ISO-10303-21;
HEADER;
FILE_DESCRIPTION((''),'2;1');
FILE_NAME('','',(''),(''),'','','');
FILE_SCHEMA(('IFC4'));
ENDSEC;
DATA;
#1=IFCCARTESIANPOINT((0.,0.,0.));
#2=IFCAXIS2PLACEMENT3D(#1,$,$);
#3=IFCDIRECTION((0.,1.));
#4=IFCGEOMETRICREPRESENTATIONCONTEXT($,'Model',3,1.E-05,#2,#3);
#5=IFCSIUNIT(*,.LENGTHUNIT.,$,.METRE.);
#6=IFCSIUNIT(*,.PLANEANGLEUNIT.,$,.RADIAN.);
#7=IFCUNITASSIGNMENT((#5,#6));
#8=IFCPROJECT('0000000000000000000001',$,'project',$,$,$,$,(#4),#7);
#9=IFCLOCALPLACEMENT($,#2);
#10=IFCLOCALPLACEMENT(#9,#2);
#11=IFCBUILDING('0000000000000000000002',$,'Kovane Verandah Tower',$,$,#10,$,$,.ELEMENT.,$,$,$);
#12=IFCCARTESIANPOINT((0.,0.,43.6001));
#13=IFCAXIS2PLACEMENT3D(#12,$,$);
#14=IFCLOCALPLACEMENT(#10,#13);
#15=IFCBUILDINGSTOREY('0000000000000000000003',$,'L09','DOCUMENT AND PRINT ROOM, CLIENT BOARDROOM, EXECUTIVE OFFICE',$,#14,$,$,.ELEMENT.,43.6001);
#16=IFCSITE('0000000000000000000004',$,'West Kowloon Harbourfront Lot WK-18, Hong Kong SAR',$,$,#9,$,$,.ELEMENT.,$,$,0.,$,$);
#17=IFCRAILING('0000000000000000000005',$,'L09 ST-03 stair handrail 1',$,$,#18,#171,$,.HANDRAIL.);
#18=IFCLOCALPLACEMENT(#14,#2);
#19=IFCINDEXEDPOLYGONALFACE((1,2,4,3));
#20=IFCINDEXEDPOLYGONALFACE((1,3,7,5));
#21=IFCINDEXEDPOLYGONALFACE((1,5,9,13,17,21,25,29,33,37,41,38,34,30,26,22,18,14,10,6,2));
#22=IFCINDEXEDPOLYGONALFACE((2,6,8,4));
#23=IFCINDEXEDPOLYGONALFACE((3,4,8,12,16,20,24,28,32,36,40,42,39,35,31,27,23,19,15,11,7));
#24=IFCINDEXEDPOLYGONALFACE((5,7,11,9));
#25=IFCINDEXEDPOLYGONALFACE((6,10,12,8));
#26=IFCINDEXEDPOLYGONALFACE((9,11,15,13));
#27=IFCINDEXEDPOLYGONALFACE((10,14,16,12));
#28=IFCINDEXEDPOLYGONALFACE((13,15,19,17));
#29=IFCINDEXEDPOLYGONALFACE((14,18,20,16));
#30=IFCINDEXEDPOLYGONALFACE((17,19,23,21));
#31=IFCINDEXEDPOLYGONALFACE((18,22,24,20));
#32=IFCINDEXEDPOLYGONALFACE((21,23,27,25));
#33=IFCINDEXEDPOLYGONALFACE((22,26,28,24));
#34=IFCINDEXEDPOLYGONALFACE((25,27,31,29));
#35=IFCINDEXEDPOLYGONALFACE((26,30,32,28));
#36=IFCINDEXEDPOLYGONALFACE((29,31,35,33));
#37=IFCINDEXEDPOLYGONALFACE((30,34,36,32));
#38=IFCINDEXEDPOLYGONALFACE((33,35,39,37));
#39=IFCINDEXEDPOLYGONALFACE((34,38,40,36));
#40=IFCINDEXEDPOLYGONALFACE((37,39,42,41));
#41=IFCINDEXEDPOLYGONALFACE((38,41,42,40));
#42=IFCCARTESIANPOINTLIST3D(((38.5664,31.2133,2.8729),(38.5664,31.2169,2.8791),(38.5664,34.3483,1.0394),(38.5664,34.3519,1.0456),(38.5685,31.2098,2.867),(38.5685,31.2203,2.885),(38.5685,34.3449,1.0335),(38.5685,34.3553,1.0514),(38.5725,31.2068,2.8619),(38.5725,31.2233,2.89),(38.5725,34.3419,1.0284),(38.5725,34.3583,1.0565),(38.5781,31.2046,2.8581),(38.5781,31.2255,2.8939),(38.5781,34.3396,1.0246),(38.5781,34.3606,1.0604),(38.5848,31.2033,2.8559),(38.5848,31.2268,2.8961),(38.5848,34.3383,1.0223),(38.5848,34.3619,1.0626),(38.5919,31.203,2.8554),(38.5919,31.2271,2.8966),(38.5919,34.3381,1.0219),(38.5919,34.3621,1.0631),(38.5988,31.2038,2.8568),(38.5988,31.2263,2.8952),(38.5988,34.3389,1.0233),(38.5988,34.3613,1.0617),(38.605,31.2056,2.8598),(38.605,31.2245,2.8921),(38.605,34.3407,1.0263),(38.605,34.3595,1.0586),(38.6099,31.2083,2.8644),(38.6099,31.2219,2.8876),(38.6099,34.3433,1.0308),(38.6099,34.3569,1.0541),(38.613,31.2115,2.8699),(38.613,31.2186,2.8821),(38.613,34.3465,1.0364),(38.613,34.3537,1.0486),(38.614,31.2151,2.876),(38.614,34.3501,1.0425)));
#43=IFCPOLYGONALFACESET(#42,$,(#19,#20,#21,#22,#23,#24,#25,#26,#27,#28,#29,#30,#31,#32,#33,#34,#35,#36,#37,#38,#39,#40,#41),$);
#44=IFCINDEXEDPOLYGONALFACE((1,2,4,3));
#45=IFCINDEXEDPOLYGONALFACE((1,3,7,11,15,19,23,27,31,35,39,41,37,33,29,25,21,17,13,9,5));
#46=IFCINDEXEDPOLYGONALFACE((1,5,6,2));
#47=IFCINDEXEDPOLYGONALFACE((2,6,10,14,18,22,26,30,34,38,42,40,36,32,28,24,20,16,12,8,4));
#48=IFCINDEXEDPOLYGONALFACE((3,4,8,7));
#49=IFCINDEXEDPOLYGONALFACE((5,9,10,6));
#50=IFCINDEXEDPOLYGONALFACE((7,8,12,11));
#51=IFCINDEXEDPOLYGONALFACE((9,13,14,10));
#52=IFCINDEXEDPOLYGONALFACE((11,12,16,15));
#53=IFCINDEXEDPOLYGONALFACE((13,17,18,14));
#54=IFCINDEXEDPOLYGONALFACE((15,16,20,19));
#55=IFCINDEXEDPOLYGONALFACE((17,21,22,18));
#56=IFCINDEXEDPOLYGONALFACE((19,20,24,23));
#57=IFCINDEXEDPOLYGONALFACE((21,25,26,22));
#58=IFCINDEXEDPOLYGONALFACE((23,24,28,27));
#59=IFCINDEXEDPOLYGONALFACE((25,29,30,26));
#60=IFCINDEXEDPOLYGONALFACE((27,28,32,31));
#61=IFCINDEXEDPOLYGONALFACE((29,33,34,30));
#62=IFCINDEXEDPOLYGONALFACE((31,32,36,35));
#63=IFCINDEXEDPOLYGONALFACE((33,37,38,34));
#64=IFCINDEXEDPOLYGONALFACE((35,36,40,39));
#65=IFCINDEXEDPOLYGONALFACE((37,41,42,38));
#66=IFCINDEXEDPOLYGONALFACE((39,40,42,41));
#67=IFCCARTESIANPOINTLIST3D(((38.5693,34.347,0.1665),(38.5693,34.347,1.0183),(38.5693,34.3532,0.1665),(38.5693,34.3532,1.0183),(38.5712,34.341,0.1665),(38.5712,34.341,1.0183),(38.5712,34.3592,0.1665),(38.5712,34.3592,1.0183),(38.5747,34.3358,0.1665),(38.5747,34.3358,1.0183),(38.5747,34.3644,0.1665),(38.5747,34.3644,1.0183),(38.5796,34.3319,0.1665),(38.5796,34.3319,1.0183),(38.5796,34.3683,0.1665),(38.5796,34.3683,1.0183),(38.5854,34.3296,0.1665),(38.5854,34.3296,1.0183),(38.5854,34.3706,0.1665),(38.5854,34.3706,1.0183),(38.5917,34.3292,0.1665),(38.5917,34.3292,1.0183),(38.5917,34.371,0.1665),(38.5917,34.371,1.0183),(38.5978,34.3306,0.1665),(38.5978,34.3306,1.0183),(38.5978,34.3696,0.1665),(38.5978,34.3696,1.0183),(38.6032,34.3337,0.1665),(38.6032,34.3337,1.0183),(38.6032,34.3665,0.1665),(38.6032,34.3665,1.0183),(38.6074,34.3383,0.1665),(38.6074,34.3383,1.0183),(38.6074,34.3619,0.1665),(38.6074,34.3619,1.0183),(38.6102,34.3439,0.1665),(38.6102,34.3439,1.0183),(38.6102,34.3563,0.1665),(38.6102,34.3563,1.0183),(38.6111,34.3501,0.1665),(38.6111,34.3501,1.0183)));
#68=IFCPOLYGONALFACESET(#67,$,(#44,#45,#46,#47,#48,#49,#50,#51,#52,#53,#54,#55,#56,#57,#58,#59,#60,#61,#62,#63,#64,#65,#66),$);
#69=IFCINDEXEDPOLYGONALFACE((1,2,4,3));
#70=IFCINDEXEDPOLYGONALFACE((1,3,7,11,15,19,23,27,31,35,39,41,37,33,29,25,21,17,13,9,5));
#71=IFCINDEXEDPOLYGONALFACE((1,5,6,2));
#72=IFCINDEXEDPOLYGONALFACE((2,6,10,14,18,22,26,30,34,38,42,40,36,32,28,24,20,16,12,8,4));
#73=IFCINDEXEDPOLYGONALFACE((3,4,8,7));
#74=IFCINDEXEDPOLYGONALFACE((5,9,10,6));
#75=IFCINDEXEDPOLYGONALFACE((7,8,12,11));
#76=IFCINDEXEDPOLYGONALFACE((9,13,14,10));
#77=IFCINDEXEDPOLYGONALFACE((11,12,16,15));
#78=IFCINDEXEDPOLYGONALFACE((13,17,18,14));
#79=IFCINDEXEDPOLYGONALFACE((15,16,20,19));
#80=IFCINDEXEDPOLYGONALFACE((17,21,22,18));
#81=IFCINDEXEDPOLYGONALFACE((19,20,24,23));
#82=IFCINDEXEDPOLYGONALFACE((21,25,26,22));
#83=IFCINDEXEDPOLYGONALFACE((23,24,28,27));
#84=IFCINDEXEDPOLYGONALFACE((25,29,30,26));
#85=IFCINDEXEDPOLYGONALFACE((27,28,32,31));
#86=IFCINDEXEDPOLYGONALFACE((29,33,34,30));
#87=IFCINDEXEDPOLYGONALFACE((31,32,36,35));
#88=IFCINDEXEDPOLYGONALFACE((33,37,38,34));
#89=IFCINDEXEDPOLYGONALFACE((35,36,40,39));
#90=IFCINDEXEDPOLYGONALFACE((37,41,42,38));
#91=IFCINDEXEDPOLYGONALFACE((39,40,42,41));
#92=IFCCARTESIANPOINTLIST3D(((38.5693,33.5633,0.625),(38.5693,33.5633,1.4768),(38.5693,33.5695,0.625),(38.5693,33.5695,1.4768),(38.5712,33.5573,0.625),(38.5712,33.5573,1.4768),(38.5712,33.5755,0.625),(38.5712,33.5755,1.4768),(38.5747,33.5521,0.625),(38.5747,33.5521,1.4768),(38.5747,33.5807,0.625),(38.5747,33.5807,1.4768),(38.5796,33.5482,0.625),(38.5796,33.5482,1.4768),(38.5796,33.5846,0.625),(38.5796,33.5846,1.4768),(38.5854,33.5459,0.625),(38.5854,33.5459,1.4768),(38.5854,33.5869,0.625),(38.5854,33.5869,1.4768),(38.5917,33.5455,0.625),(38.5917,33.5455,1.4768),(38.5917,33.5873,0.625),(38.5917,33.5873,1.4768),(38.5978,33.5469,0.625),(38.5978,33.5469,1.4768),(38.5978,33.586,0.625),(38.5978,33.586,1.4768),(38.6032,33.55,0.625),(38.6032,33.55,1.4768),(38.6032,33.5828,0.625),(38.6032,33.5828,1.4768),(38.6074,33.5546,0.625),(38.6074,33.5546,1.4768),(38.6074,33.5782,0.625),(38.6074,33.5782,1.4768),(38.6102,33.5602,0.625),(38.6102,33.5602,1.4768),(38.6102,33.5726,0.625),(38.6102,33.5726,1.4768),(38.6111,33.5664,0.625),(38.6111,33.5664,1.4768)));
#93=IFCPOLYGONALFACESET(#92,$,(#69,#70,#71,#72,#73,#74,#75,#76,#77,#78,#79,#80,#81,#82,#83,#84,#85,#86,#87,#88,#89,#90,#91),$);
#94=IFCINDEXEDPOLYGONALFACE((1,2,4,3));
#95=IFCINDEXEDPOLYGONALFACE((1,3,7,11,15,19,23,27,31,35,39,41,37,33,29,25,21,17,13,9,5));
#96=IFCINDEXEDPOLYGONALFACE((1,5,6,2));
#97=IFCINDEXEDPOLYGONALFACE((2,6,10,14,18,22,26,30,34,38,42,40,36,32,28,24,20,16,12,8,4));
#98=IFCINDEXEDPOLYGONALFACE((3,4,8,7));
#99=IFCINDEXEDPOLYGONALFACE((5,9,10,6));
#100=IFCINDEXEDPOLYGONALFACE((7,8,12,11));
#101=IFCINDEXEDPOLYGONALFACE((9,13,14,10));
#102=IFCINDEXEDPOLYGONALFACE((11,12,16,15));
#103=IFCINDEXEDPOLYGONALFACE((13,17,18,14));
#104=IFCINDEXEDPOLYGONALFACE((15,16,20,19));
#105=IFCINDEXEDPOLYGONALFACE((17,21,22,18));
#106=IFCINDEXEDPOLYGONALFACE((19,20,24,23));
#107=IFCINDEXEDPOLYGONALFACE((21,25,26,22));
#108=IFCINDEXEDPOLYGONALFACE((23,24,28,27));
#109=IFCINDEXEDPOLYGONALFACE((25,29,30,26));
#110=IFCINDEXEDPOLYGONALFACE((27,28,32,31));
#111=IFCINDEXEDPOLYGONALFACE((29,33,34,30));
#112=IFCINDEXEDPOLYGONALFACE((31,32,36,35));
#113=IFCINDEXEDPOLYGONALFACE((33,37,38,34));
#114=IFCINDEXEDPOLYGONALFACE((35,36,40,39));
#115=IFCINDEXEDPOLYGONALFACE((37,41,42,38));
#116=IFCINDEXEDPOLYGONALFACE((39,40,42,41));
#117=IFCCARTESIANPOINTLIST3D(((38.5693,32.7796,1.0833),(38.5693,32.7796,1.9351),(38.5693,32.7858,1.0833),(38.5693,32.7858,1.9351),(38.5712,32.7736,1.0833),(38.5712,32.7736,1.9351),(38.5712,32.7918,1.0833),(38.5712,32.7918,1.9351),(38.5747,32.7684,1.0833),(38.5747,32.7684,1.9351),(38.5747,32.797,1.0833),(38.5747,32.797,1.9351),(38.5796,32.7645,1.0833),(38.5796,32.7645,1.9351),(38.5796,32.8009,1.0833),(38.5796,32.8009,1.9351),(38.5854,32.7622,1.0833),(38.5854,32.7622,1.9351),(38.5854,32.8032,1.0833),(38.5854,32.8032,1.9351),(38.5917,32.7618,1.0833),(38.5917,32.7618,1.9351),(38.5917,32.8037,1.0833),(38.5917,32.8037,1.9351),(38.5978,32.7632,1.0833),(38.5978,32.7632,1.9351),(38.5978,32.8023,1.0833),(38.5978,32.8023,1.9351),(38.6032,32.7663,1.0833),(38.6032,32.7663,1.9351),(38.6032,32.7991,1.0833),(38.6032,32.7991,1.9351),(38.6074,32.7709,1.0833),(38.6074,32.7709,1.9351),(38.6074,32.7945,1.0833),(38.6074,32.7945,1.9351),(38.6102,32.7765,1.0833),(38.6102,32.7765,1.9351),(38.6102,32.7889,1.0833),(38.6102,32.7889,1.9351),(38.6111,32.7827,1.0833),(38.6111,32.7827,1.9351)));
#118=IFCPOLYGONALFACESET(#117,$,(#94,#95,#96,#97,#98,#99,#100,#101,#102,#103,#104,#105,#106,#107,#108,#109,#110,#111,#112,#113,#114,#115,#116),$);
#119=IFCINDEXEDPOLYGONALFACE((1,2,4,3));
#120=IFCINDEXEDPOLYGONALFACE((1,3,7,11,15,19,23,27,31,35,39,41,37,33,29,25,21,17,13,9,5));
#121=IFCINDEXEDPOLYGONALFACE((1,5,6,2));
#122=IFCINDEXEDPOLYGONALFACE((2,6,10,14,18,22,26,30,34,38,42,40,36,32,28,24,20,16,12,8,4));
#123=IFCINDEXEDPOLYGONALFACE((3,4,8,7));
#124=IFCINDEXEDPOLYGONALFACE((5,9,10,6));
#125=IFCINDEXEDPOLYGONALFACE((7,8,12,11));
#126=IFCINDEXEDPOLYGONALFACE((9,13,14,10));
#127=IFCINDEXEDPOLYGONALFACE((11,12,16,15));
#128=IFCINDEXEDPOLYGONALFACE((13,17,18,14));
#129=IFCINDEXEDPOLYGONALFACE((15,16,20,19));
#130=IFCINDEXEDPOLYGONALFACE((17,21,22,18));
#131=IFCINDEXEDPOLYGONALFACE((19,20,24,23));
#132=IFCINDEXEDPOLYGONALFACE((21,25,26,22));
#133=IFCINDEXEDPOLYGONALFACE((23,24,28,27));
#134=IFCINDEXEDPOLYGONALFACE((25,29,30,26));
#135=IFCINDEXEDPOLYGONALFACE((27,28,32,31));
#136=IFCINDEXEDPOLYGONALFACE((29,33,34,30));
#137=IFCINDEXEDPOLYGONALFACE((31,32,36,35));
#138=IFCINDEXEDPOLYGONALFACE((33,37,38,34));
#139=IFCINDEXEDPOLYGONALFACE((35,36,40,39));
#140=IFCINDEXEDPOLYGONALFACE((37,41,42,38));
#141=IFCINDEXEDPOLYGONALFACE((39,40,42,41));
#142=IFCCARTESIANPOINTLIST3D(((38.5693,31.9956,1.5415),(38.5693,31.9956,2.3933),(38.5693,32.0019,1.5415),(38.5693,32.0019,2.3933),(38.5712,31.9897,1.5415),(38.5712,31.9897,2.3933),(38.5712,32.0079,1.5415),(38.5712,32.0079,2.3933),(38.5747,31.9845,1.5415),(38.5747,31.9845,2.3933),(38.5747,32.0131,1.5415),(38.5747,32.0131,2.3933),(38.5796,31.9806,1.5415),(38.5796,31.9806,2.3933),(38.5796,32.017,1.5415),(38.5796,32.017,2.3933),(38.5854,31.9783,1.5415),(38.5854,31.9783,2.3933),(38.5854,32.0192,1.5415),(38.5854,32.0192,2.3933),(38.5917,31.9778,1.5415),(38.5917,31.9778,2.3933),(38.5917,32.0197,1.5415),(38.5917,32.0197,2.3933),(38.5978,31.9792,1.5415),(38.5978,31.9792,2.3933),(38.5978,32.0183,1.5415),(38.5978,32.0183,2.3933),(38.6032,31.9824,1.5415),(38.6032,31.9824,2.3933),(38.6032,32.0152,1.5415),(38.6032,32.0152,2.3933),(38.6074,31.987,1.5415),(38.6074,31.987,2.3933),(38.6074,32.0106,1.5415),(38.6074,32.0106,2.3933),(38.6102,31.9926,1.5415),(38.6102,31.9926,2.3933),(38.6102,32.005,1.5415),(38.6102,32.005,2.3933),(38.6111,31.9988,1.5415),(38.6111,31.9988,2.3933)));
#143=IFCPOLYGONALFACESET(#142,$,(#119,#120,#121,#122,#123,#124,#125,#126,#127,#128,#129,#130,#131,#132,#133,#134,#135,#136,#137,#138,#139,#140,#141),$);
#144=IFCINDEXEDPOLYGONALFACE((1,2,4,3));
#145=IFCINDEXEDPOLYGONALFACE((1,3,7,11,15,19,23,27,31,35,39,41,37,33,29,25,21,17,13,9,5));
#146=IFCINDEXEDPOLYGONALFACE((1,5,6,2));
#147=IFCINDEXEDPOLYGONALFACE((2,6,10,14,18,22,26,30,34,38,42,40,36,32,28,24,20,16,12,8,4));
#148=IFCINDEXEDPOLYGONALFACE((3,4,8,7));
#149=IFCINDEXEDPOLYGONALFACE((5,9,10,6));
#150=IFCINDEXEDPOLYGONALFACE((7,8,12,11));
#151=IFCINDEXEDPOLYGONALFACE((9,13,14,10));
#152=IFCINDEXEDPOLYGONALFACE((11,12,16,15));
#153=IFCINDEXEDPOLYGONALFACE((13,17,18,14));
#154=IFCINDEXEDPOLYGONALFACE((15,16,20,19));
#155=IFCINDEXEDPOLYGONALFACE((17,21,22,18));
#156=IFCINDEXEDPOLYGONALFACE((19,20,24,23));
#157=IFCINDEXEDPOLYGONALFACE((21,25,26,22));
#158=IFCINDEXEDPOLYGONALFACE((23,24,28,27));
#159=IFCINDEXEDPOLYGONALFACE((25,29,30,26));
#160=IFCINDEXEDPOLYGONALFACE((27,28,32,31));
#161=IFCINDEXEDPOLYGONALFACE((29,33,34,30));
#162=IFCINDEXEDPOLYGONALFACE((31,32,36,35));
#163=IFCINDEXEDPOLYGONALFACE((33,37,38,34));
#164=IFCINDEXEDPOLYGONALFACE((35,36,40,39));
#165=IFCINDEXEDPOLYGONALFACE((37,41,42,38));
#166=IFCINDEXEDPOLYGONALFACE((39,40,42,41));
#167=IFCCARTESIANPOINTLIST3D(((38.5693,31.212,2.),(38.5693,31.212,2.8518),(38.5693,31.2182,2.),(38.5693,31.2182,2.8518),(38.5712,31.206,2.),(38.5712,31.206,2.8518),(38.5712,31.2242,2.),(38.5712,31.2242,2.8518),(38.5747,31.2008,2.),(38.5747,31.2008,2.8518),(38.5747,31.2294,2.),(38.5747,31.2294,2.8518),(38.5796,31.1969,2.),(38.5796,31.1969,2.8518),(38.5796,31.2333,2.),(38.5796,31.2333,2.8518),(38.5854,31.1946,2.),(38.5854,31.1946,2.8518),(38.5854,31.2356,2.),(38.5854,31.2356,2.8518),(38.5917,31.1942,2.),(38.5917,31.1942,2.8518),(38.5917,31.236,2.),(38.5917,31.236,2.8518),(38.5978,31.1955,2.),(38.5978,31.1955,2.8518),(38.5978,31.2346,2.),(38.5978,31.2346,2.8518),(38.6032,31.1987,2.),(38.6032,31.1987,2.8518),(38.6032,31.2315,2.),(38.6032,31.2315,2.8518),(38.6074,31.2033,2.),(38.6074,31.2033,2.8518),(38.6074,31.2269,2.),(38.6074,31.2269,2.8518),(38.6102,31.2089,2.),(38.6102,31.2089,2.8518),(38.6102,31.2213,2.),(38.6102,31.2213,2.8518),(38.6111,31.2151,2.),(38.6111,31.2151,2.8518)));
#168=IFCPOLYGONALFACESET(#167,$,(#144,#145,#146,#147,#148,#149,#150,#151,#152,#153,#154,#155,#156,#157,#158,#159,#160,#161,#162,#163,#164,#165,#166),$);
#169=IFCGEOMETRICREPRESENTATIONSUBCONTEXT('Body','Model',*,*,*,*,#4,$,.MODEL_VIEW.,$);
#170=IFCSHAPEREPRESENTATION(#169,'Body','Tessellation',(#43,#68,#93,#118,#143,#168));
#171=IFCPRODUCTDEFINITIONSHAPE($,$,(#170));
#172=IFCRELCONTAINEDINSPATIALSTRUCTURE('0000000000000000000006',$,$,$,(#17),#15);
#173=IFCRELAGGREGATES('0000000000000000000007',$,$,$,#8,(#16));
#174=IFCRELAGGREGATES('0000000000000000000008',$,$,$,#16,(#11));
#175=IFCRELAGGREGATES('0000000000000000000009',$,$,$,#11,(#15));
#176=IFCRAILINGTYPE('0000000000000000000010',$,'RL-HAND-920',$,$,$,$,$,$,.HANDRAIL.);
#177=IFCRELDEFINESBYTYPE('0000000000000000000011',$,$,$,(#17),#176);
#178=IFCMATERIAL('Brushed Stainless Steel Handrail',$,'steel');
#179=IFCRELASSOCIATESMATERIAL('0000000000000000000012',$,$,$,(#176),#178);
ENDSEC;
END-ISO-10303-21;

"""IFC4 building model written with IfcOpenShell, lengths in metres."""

from ifc_helpers import new_model, si_unit, direction, frame, origin, origin_2d, place, context, subcontext, project, spatial, circle, extrude, material, type_object, element, save


model = new_model("IFC4")

# Units and contexts
model_context = context("Model", 3, precision=1e-05, world=origin(), true_north=direction((0.0, 1.0)))
body_context = subcontext(model_context, "Body", "Model", "MODEL_VIEW")
ifc_project = project(units=[si_unit("LENGTHUNIT", "METRE"), si_unit("PLANEANGLEUNIT", "RADIAN")], contexts=[model_context])

# Site, building, storey
site_placement = place(None, origin())
site = spatial("IfcSite", under=ifc_project, at=site_placement, Name="West Kowloon Harbourfront Lot WK-18, Hong Kong SAR", CompositionType="ELEMENT", RefElevation=0.0)
building_placement = place(site_placement, origin())
building = spatial("IfcBuilding", under=site, at=building_placement, Name="Kovane Verandah Tower", CompositionType="ELEMENT")
storey_placement = place(building_placement, frame((0.0, 0.0, 43.6001)))
storey = spatial("IfcBuildingStorey", under=building, at=storey_placement, Name="L09", Description="DOCUMENT AND PRINT ROOM, CLIENT BOARDROOM, EXECUTIVE OFFICE", CompositionType="ELEMENT", Elevation=43.6001)

# Railing
ifc_material_1 = material(Name="Brushed Stainless Steel Handrail", Category="steel")
railing_type_1 = type_object("IfcRailingType", Name="RL-HAND-920", PredefinedType="HANDRAIL", material=ifc_material_1)
railing_1_placement = place(storey_placement, frame((38.5901, 34.3501, 0.1665)))
element("IfcRailing", 1, at=railing_1_placement, inside=storey, type_object=railing_type_1, Name="L09 ST-03 stair handrail 1", PredefinedType="HANDRAIL", context=body_context, shape_type="SweptSolid", body=[
    extrude(circle(Radius=0.0239, at=origin_2d()), frame((0.0, 0.0, 0.876), z_axis=(0.0, -0.86321, 0.504845), x_axis=(1.0, 0.0, 0.0)), (0.0, 0.0, 1.0), 3.6318),
    extrude(circle(Radius=0.021, at=origin_2d()), origin(), (0.0, 0.0, 1.0), 0.8518),
    extrude(circle(Radius=0.021, at=origin_2d()), frame((0.0, -0.7837, 0.4585)), (0.0, 0.0, 1.0), 0.8518),
    extrude(circle(Radius=0.021, at=origin_2d()), frame((0.0, -1.5674, 0.9167)), (0.0, 0.0, 1.0), 0.8518),
    extrude(circle(Radius=0.021, at=origin_2d()), frame((0.0, -2.3513, 1.375)), (0.0, 0.0, 1.0), 0.8518),
    extrude(circle(Radius=0.021, at=origin_2d()), frame((0.0, -3.135, 1.8335)), (0.0, 0.0, 1.0), 0.8518),
])

save(model, "model.ifc")
